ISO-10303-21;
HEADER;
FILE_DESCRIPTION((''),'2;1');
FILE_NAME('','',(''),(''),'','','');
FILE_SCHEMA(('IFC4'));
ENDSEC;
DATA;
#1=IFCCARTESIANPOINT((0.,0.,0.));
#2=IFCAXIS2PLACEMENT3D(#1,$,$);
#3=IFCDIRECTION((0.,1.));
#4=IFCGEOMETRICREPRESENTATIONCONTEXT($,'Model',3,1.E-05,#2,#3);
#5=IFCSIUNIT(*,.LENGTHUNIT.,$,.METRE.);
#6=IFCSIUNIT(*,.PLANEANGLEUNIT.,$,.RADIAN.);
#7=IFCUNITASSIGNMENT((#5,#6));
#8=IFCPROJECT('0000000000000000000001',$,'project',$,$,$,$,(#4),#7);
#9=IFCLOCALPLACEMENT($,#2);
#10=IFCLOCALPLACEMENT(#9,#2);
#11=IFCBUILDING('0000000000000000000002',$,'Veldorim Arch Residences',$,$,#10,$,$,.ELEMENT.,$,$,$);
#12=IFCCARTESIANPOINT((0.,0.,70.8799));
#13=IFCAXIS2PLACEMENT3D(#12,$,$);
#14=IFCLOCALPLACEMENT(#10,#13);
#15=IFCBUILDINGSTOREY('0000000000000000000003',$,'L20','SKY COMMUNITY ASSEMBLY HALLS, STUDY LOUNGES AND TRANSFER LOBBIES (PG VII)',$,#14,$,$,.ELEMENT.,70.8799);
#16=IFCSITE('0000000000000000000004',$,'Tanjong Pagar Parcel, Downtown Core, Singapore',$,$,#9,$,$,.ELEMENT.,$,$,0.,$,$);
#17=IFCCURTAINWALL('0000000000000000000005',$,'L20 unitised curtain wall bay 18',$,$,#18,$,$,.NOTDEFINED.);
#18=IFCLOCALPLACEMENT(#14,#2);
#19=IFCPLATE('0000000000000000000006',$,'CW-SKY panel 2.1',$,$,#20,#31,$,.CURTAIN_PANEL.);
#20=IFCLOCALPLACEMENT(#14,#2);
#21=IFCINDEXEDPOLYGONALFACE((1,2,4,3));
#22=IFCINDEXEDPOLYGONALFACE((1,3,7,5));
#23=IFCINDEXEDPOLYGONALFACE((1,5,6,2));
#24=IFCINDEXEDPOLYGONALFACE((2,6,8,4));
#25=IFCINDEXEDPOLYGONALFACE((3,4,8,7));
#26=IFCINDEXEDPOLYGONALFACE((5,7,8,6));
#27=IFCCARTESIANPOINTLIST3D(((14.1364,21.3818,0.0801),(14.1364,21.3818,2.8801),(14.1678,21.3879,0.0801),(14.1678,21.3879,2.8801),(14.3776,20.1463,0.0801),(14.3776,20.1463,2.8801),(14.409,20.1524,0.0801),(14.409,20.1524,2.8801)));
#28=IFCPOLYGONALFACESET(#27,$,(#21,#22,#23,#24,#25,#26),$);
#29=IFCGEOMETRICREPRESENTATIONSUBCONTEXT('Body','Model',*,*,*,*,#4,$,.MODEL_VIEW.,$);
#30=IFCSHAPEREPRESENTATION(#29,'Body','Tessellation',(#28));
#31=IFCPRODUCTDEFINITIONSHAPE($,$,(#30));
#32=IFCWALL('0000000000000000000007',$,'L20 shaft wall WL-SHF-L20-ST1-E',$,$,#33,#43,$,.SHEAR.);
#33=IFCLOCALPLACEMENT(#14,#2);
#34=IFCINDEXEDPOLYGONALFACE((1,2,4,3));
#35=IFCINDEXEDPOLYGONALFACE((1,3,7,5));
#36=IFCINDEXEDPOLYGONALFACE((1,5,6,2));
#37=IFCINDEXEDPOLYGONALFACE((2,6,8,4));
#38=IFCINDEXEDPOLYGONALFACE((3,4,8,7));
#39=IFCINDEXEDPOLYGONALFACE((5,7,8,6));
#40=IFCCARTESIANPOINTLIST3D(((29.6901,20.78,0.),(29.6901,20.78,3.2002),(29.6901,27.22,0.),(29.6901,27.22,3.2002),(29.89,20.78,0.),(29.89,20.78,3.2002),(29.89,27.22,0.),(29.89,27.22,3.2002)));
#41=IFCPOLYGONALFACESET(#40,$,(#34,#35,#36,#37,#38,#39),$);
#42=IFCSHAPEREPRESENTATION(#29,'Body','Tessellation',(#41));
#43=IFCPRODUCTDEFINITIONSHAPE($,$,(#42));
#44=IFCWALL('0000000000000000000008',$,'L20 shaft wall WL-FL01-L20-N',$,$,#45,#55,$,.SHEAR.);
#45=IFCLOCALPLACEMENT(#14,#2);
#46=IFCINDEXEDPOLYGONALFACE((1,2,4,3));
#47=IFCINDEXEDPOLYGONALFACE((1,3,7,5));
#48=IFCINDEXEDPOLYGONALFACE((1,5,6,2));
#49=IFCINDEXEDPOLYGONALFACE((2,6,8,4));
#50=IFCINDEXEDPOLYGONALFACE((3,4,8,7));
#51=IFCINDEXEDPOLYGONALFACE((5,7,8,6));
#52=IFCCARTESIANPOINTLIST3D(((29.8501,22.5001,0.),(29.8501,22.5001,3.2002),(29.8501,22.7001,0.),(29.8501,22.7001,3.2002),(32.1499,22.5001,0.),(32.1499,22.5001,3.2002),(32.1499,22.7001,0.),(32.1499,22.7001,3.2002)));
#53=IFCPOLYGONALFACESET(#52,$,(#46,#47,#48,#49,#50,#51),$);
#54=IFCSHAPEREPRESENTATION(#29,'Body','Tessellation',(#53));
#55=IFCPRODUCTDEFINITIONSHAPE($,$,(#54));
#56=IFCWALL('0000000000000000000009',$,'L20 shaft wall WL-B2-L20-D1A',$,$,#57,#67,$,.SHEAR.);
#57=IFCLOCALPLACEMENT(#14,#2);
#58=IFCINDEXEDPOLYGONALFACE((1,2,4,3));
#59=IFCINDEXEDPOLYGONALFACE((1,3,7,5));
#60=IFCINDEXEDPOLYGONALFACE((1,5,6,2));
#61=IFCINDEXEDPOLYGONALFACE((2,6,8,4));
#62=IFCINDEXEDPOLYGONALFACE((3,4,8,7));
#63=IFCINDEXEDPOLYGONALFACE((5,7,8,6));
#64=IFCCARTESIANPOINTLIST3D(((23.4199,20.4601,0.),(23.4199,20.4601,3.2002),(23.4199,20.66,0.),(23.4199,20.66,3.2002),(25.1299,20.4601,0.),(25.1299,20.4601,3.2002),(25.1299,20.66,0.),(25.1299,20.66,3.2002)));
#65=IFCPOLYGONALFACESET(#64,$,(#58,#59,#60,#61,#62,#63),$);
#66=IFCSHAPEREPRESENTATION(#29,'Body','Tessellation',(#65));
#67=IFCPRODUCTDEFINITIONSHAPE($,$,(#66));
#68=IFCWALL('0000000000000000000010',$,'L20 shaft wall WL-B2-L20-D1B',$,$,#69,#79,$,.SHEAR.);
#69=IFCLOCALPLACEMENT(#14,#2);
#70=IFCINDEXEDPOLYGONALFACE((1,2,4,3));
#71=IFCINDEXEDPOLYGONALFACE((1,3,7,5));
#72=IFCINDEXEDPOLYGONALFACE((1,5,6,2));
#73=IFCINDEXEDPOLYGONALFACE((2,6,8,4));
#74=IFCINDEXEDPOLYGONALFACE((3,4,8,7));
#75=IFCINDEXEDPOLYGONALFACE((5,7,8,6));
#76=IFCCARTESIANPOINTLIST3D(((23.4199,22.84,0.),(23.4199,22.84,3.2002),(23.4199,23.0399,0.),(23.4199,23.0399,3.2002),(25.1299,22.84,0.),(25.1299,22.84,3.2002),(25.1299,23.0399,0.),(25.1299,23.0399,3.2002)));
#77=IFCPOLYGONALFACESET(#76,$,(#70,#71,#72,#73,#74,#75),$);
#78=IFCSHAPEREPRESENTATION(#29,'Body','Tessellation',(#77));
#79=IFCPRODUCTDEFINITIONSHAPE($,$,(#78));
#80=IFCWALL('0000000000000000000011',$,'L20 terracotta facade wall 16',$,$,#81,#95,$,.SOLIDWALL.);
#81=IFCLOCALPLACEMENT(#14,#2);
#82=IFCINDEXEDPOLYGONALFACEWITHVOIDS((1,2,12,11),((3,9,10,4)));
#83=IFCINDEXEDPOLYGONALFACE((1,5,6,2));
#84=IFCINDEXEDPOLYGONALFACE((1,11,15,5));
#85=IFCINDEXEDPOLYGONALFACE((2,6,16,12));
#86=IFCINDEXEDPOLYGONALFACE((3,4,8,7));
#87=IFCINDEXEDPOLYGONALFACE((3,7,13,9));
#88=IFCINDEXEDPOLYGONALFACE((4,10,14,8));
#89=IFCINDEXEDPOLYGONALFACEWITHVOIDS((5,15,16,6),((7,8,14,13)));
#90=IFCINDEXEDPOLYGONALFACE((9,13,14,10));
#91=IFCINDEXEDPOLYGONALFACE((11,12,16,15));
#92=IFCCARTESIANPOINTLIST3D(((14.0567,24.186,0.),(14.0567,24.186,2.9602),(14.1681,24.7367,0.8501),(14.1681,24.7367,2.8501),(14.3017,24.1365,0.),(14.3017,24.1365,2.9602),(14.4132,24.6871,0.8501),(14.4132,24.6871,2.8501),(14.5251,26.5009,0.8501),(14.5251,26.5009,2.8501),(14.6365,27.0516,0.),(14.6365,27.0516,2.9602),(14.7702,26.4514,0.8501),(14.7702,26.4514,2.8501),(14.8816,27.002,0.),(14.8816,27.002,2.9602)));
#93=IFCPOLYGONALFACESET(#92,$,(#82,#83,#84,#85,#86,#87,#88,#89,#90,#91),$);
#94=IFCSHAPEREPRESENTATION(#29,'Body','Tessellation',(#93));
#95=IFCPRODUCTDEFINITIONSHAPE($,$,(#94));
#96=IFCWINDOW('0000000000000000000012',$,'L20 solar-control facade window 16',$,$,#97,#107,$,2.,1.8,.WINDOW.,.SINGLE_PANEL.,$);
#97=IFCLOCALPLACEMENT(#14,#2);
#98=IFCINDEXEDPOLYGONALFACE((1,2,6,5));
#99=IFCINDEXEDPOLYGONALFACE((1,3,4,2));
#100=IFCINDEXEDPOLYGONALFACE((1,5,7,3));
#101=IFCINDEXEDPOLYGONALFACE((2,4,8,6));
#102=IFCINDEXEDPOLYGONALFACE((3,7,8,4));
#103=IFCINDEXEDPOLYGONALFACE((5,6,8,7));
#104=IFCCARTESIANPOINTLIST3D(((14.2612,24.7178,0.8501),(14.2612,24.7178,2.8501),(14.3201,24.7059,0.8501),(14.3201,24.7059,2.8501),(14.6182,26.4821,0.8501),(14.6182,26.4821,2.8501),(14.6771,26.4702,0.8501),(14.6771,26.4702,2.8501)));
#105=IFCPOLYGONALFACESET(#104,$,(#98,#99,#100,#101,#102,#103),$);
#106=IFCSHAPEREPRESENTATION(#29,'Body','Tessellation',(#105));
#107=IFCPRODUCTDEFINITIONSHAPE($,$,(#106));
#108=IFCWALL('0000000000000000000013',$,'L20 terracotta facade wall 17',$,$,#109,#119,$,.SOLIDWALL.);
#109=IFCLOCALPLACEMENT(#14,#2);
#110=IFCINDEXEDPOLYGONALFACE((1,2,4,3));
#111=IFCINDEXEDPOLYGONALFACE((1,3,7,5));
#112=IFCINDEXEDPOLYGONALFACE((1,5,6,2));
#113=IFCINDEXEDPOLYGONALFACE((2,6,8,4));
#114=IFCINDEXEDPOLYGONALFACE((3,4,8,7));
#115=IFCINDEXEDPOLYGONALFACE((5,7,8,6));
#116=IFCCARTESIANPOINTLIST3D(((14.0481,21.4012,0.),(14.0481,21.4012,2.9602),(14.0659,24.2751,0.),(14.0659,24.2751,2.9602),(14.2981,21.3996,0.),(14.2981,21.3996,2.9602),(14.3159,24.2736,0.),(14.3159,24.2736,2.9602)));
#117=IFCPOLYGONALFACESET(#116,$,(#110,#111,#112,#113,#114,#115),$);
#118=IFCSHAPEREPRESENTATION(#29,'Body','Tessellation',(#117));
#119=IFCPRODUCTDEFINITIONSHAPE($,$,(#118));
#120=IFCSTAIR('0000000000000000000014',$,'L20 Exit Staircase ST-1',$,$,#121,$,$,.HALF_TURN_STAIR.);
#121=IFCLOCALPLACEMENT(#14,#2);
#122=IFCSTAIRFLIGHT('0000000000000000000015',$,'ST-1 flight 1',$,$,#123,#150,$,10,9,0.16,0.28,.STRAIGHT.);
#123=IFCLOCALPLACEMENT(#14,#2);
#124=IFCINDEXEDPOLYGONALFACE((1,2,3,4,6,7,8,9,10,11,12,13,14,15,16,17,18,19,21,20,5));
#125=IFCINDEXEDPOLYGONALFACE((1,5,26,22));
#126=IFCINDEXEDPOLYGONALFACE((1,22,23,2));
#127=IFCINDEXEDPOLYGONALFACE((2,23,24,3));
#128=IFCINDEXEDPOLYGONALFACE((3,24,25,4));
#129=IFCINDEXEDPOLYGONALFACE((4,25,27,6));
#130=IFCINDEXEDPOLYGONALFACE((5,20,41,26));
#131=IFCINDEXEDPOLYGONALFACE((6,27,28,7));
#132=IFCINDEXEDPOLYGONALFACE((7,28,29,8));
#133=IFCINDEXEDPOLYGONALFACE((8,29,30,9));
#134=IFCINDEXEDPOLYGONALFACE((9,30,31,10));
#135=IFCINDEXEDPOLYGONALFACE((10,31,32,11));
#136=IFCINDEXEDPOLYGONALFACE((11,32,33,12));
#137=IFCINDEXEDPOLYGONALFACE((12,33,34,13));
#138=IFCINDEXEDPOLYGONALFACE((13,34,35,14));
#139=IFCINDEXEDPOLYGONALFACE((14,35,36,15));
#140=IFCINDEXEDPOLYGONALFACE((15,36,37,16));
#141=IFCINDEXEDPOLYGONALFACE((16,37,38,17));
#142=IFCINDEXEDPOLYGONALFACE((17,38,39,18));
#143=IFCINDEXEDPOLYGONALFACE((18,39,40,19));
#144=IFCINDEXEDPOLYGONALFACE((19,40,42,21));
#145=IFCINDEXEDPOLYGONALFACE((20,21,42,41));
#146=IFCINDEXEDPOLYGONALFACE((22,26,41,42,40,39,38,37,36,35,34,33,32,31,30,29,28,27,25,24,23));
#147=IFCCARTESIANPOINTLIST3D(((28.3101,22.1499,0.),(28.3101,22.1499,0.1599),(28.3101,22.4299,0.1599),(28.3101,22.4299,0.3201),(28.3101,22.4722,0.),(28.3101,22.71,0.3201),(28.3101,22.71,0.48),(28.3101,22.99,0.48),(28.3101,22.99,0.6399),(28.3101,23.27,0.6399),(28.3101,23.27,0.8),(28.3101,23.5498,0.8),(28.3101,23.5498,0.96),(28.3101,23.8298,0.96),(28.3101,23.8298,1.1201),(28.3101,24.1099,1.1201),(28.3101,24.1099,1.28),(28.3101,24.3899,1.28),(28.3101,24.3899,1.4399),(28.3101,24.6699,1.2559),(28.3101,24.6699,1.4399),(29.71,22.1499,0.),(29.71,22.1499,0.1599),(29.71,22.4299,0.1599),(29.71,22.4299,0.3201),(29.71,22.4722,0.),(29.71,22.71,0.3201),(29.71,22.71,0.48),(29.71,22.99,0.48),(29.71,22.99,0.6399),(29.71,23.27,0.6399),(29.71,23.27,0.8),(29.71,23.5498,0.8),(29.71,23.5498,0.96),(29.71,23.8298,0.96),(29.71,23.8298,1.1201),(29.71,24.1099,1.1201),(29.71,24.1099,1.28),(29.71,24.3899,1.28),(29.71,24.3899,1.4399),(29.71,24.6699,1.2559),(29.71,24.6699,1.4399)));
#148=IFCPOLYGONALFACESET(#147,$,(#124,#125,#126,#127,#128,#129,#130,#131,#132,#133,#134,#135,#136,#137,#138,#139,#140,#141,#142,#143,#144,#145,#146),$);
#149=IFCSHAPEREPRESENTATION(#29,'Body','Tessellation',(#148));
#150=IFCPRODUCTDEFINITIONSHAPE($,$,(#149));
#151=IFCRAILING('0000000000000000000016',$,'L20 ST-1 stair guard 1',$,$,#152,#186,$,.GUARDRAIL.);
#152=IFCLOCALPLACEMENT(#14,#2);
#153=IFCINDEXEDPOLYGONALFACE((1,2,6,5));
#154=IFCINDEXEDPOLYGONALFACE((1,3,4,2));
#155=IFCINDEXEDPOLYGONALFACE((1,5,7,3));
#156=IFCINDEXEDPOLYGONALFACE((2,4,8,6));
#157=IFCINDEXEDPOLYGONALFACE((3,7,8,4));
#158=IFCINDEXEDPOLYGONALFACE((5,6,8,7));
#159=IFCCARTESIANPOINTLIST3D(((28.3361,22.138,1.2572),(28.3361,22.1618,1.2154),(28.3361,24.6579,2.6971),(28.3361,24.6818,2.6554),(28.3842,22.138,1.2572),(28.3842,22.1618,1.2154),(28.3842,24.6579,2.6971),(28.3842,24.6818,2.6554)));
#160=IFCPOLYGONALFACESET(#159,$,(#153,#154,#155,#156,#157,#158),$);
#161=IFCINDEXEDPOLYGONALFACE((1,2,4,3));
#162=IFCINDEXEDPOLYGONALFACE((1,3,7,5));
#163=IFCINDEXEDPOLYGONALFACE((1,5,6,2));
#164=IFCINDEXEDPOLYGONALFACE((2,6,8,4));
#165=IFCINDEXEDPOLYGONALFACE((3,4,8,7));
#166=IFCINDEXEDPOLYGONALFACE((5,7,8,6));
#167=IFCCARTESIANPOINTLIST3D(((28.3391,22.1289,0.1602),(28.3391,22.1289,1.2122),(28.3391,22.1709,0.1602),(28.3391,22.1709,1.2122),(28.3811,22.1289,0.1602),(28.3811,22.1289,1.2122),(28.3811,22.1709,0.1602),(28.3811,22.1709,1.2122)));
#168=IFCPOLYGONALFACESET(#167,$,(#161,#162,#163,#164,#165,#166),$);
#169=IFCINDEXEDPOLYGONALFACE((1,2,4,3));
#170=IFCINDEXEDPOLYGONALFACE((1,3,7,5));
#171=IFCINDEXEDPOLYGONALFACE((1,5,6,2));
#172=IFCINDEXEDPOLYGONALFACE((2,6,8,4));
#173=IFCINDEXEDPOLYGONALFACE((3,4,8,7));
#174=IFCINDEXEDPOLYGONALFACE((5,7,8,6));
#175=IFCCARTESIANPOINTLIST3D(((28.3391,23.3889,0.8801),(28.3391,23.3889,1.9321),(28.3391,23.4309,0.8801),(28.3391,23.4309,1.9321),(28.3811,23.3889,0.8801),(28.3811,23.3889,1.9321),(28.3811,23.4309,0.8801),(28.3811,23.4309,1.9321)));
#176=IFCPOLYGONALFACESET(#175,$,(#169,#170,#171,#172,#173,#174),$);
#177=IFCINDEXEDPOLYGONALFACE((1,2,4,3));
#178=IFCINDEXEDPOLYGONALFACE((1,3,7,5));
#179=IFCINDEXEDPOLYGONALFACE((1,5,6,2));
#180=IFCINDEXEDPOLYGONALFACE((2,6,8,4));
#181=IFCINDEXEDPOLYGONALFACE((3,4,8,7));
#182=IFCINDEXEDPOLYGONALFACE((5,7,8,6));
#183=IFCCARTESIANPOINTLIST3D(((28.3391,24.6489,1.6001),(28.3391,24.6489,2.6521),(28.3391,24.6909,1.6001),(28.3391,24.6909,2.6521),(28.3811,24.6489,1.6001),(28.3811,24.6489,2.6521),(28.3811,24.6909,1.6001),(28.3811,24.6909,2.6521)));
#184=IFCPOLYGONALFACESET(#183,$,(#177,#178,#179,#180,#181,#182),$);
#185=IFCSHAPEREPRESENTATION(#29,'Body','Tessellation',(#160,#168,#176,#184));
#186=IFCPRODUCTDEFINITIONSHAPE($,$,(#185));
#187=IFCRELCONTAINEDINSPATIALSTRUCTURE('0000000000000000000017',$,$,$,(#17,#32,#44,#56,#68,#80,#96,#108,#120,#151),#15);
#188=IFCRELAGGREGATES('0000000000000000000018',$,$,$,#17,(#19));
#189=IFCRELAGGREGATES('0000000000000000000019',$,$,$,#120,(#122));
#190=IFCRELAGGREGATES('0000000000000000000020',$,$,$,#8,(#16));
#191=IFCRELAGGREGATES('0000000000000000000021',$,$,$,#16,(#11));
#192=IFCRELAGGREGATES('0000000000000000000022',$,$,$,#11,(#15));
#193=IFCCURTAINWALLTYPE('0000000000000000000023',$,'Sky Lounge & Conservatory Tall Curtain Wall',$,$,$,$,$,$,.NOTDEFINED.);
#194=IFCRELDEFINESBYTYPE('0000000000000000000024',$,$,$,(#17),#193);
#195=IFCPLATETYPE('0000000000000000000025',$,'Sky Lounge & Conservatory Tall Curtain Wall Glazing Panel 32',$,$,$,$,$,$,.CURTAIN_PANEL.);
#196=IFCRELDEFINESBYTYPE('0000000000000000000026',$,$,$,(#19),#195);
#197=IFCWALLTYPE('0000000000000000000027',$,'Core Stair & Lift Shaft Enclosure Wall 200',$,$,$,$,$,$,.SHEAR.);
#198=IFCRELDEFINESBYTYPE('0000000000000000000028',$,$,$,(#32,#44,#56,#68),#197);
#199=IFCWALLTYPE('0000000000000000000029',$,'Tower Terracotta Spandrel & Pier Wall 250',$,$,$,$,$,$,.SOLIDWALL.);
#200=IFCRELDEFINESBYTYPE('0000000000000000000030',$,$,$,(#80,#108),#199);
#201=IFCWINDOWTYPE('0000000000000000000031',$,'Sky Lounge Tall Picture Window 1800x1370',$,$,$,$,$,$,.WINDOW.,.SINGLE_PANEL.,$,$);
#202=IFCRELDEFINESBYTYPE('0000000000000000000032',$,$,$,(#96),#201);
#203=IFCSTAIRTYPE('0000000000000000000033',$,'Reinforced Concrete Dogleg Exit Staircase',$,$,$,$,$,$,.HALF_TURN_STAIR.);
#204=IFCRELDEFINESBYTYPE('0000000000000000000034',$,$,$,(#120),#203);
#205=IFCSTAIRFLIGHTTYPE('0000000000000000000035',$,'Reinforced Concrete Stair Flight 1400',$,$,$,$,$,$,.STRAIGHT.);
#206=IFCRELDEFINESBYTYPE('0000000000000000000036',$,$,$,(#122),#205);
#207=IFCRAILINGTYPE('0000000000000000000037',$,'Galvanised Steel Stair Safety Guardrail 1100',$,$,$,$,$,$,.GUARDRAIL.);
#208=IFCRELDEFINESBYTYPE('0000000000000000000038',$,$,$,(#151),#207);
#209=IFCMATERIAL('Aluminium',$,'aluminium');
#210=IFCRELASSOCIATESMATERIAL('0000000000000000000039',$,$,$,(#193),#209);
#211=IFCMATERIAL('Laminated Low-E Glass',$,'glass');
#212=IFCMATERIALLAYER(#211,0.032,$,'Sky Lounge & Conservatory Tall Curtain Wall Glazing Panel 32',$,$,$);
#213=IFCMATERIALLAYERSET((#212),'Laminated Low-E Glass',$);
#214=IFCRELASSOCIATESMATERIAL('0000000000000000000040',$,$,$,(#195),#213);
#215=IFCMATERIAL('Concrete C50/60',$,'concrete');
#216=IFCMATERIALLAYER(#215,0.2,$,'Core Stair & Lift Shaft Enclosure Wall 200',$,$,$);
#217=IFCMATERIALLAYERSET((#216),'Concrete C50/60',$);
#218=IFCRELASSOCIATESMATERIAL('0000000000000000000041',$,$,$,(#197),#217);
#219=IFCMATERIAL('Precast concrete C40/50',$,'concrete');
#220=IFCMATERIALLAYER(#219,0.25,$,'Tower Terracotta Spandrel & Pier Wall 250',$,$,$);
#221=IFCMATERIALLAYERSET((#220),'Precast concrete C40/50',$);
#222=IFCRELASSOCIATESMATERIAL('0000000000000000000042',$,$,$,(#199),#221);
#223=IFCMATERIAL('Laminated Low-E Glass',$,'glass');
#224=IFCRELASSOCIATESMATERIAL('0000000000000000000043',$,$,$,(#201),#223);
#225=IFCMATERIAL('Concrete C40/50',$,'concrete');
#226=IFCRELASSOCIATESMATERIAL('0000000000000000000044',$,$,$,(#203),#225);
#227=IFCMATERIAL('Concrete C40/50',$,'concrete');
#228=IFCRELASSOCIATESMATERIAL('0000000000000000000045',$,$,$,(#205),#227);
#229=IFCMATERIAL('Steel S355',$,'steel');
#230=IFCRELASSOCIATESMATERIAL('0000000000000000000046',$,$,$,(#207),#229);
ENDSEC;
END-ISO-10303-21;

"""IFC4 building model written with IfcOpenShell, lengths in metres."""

from ifc_helpers import new_model, si_unit, direction, frame, frame_2d, origin, origin_2d, place, context, subcontext, project, spatial, polyline, rectangle, outline, extrude, material, layer, layer_set, type_object, element, fill, aggregate, save


model = new_model("IFC4")

# Units and contexts
model_context = context("Model", 3, precision=1e-05, world=origin(), true_north=direction((0.0, 1.0)))
body_context = subcontext(model_context, "Body", "Model", "MODEL_VIEW")
ifc_project = project(units=[si_unit("LENGTHUNIT", "METRE"), si_unit("PLANEANGLEUNIT", "RADIAN")], contexts=[model_context])

# Site, building, storey
site_placement = place(None, origin())
site = spatial("IfcSite", under=ifc_project, at=site_placement, Name="Tanjong Pagar Parcel, Downtown Core, Singapore", CompositionType="ELEMENT", RefElevation=0.0)
building_placement = place(site_placement, origin())
building = spatial("IfcBuilding", under=site, at=building_placement, Name="Veldorim Arch Residences", CompositionType="ELEMENT")
storey_placement = place(building_placement, frame((0.0, 0.0, 70.8799)))
storey = spatial("IfcBuildingStorey", under=building, at=storey_placement, Name="L20", Description="SKY COMMUNITY ASSEMBLY HALLS, STUDY LOUNGES AND TRANSFER LOBBIES (PG VII)", CompositionType="ELEMENT", Elevation=70.8799)

# Curtain wall
ifc_material_1 = material(Name="Aluminium", Category="aluminium")
curtain_wall_type = type_object("IfcCurtainWallType", Name="Sky Lounge & Conservatory Tall Curtain Wall", PredefinedType="NOTDEFINED", material=ifc_material_1)
curtain_wall_placement = place(storey_placement, origin())
curtain_wall = element("IfcCurtainWall", 1, at=curtain_wall_placement, inside=storey, type_object=curtain_wall_type, Name="L20 unitised curtain wall bay 18", PredefinedType="NOTDEFINED")

# Plate
ifc_material_2 = material(Name="Laminated Low-E Glass", Category="glass")
ifc_layer_1 = layer(ifc_material_2, 0.032, Name="Sky Lounge & Conservatory Tall Curtain Wall Glazing Panel 32")
ifc_layer_set_1 = layer_set([ifc_layer_1], Name="Laminated Low-E Glass")
plate_type = type_object("IfcPlateType", Name="Sky Lounge & Conservatory Tall Curtain Wall Glazing Panel 32", PredefinedType="CURTAIN_PANEL", material=ifc_layer_set_1)
plate_1_placement = place(storey_placement, frame((14.2727, 20.7671, 0.0801), z_axis=(0.0, 0.0, 1.0), x_axis=(-0.191581, 0.981477, 0.0)))
plate_1 = element("IfcPlate", 2, at=plate_1_placement, type_object=plate_type, Name="CW-SKY panel 2.1", PredefinedType="CURTAIN_PANEL", context=body_context, shape_type="SweptSolid", body=[
    extrude(rectangle(XDim=1.2588, YDim=0.032, at=origin_2d()), origin(), (0.0, 0.0, 1.0), 2.8),
])
aggregate(curtain_wall, [plate_1])

# Wall
ifc_material_3 = material(Name="Concrete C50/60", Category="concrete")
ifc_layer_2 = layer(ifc_material_3, 0.2, Name="Core Stair & Lift Shaft Enclosure Wall 200")
ifc_layer_set_2 = layer_set([ifc_layer_2], Name="Concrete C50/60")
wall_type_1 = type_object("IfcWallType", Name="Core Stair & Lift Shaft Enclosure Wall 200", PredefinedType="SHEAR", material=ifc_layer_set_2)
wall_1_placement = place(storey_placement, frame((29.79, 20.78, 0.0), z_axis=(0.0, 0.0, 1.0), x_axis=(0.0, 1.0, 0.0)))
element("IfcWall", 3, at=wall_1_placement, inside=storey, type_object=wall_type_1, Name="L20 shaft wall WL-SHF-L20-ST1-E", PredefinedType="SHEAR", context=body_context, shape_type="SweptSolid", body=[
    extrude(rectangle(XDim=6.4399, YDim=0.2, at=frame_2d((3.22, 0.0))), origin(), (0.0, 0.0, 1.0), 3.2002),
])

# Walls
wall_2_placement = place(storey_placement, frame((29.8501, 22.6001, 0.0), z_axis=(0.0, 0.0, 1.0), x_axis=(1.0, 0.0, 0.0)))
element("IfcWall", 4, at=wall_2_placement, inside=storey, type_object=wall_type_1, Name="L20 shaft wall WL-FL01-L20-N", PredefinedType="SHEAR", context=body_context, shape_type="SweptSolid", body=[
    extrude(rectangle(XDim=2.2998, YDim=0.2, at=frame_2d((1.1499, 0.0))), origin(), (0.0, 0.0, 1.0), 3.2002),
])
for number, where, z_axis, x_axis, name in (
    (5, (23.4199, 20.5601, 0.0), (0.0, 0.0, 1.0), (1.0, 0.0, 0.0), "L20 shaft wall WL-B2-L20-D1A"),
    (6, (23.4199, 22.9399, 0.0), (0.0, 0.0, 1.0), (1.0, 0.0, 0.0), "L20 shaft wall WL-B2-L20-D1B"),
):
    element("IfcWall", number, at=place(storey_placement, frame(where, z_axis=z_axis, x_axis=x_axis)), inside=storey, type_object=wall_type_1, Name=name, PredefinedType="SHEAR", context=body_context, shape_type="SweptSolid", body=[
        extrude(rectangle(XDim=1.71, YDim=0.2, at=frame_2d((0.855, 0.0))), origin(), (0.0, 0.0, 1.0), 3.2002),
    ])

# Wall, opening, window
ifc_material_4 = material(Name="Precast concrete C40/50", Category="concrete")
ifc_layer_3 = layer(ifc_material_4, 0.25, Name="Tower Terracotta Spandrel & Pier Wall 250")
ifc_layer_set_3 = layer_set([ifc_layer_3], Name="Precast concrete C40/50")
wall_type_2 = type_object("IfcWallType", Name="Tower Terracotta Spandrel & Pier Wall 250", PredefinedType="SOLIDWALL", material=ifc_layer_set_3)
wall_3_placement = place(storey_placement, frame((14.1792, 24.1611, 0.0), z_axis=(0.0, 0.0, 1.0), x_axis=(0.198332, 0.980135, 0.0)))
wall_3 = element("IfcWall", 7, at=wall_3_placement, inside=storey, type_object=wall_type_2, Name="L20 terracotta facade wall 16", PredefinedType="SOLIDWALL", context=body_context, shape_type="SweptSolid", body=[
    extrude(rectangle(XDim=2.9236, YDim=0.25, at=frame_2d((1.4619, 0.0))), origin(), (0.0, 0.0, 1.0), 2.9602),
])
opening_1_placement = place(wall_3_placement, frame((0.562, 0.0, 0.8501)))
opening_1 = element("IfcOpeningElement", 8, at=opening_1_placement, cuts=wall_3, PredefinedType="OPENING", context=body_context, shape_type="SweptSolid", body=[
    extrude(rectangle(XDim=1.8, YDim=2.0, at=frame_2d((0.8999, 1.0))), frame((0.0, 0.135, 0.0), z_axis=(0.0, -1.0, 0.0), x_axis=(1.0, 0.0, 0.0)), (0.0, 0.0, 1.0), 0.27),
])
ifc_material_5 = material(Name="Laminated Low-E Glass", Category="glass")
window_type = type_object("IfcWindowType", Name="Sky Lounge Tall Picture Window 1800x1370", PartitioningType="SINGLE_PANEL", PredefinedType="WINDOW", material=ifc_material_5)
window_placement = place(opening_1_placement, origin())
window = element("IfcWindow", 9, at=window_placement, inside=storey, type_object=window_type, Name="L20 solar-control facade window 16", OverallHeight=2.0, OverallWidth=1.8, PartitioningType="SINGLE_PANEL", PredefinedType="WINDOW", context=body_context, shape_type="SweptSolid", body=[
    extrude(rectangle(XDim=1.8, YDim=2.0, at=frame_2d((0.8999, 1.0))), frame((0.0, 0.03, 0.0), z_axis=(0.0, -1.0, 0.0), x_axis=(1.0, 0.0, 0.0)), (0.0, 0.0, 1.0), 0.0601),
])
fill(opening_1, window)

# Wall
wall_4_placement = place(storey_placement, frame((14.1731, 21.4004, 0.0), z_axis=(0.0, 0.0, 1.0), x_axis=(0.006201, 0.999981, 0.0)))
element("IfcWall", 10, at=wall_4_placement, inside=storey, type_object=wall_type_2, Name="L20 terracotta facade wall 17", PredefinedType="SOLIDWALL", context=body_context, shape_type="SweptSolid", body=[
    extrude(rectangle(XDim=2.874, YDim=0.25, at=frame_2d((1.437, 0.0))), origin(), (0.0, 0.0, 1.0), 2.9602),
])

# Stair, stair flight
ifc_material_6 = material(Name="Concrete C40/50", Category="concrete")
stair_type = type_object("IfcStairType", Name="Reinforced Concrete Dogleg Exit Staircase", PredefinedType="HALF_TURN_STAIR", material=ifc_material_6)
stair_placement = place(storey_placement, origin())
stair = element("IfcStair", 11, at=stair_placement, inside=storey, type_object=stair_type, Name="L20 Exit Staircase ST-1", PredefinedType="HALF_TURN_STAIR")
ifc_material_7 = material(Name="Concrete C40/50", Category="concrete")
stair_flight_type = type_object("IfcStairFlightType", Name="Reinforced Concrete Stair Flight 1400", PredefinedType="STRAIGHT", material=ifc_material_7)
stair_flight_placement = place(storey_placement, frame((29.01, 22.1499, 0.0), z_axis=(0.0, 0.0, 1.0), x_axis=(0.0, 1.0, 0.0)))
stair_flight = element("IfcStairFlight", 12, at=stair_flight_placement, type_object=stair_flight_type, Name="ST-1 flight 1", NumberOfRisers=10, NumberOfTreads=9, PredefinedType="STRAIGHT", RiserHeight=0.16, TreadLength=0.28, context=body_context, shape_type="SweptSolid", body=[
    extrude(outline(polyline([(0.0, 0.0), (0.0, 0.1599), (0.28, 0.1599), (0.28, 0.3201), (0.5601, 0.3201), (0.5601, 0.48), (0.8401, 0.48), (0.8401, 0.6399), (1.1201, 0.6399), (1.1201, 0.8), (1.3999, 0.8), (1.3999, 0.96), (1.6799, 0.96), (1.6799, 1.1201), (1.96, 1.1201), (1.96, 1.28), (2.24, 1.28), (2.24, 1.4399), (2.52, 1.4399), (2.52, 1.6001), (2.52, 1.2559), (0.3223, 0.0), (0.0, 0.0)])), frame((0.0, 0.7, 0.0), z_axis=(0.0, -1.0, 0.0), x_axis=(1.0, 0.0, 0.0)), (0.0, 0.0, 1.0), 1.3999),
])
aggregate(stair, [stair_flight])

# Railing
ifc_material_8 = material(Name="Steel S355", Category="steel")
railing_type_1 = type_object("IfcRailingType", Name="Galvanised Steel Stair Safety Guardrail 1100", PredefinedType="GUARDRAIL", material=ifc_material_8)
railing_1_placement = place(storey_placement, frame((28.3601, 22.1499, 0.1602)))
element("IfcRailing", 13, at=railing_1_placement, inside=storey, type_object=railing_type_1, Name="L20 ST-1 stair guard 1", PredefinedType="GUARDRAIL", context=body_context, shape_type="SweptSolid", body=[
    extrude(rectangle(XDim=0.0481, YDim=0.0481, at=origin_2d()), frame((0.0, 0.0, 1.0762), z_axis=(0.0, 0.868253, 0.496121), x_axis=(-1.0, 0.0, 0.0)), (0.0, 0.0, 1.0), 2.9023),
    extrude(rectangle(XDim=0.042, YDim=0.042, at=origin_2d()), origin(), (0.0, 0.0, 1.0), 1.052),
    extrude(rectangle(XDim=0.042, YDim=0.042, at=origin_2d()), frame((0.0, 1.26, 0.72)), (0.0, 0.0, 1.0), 1.052),
    extrude(rectangle(XDim=0.042, YDim=0.042, at=origin_2d()), frame((0.0, 2.52, 1.4399)), (0.0, 0.0, 1.0), 1.052),
])

save(model, "model.ifc")
